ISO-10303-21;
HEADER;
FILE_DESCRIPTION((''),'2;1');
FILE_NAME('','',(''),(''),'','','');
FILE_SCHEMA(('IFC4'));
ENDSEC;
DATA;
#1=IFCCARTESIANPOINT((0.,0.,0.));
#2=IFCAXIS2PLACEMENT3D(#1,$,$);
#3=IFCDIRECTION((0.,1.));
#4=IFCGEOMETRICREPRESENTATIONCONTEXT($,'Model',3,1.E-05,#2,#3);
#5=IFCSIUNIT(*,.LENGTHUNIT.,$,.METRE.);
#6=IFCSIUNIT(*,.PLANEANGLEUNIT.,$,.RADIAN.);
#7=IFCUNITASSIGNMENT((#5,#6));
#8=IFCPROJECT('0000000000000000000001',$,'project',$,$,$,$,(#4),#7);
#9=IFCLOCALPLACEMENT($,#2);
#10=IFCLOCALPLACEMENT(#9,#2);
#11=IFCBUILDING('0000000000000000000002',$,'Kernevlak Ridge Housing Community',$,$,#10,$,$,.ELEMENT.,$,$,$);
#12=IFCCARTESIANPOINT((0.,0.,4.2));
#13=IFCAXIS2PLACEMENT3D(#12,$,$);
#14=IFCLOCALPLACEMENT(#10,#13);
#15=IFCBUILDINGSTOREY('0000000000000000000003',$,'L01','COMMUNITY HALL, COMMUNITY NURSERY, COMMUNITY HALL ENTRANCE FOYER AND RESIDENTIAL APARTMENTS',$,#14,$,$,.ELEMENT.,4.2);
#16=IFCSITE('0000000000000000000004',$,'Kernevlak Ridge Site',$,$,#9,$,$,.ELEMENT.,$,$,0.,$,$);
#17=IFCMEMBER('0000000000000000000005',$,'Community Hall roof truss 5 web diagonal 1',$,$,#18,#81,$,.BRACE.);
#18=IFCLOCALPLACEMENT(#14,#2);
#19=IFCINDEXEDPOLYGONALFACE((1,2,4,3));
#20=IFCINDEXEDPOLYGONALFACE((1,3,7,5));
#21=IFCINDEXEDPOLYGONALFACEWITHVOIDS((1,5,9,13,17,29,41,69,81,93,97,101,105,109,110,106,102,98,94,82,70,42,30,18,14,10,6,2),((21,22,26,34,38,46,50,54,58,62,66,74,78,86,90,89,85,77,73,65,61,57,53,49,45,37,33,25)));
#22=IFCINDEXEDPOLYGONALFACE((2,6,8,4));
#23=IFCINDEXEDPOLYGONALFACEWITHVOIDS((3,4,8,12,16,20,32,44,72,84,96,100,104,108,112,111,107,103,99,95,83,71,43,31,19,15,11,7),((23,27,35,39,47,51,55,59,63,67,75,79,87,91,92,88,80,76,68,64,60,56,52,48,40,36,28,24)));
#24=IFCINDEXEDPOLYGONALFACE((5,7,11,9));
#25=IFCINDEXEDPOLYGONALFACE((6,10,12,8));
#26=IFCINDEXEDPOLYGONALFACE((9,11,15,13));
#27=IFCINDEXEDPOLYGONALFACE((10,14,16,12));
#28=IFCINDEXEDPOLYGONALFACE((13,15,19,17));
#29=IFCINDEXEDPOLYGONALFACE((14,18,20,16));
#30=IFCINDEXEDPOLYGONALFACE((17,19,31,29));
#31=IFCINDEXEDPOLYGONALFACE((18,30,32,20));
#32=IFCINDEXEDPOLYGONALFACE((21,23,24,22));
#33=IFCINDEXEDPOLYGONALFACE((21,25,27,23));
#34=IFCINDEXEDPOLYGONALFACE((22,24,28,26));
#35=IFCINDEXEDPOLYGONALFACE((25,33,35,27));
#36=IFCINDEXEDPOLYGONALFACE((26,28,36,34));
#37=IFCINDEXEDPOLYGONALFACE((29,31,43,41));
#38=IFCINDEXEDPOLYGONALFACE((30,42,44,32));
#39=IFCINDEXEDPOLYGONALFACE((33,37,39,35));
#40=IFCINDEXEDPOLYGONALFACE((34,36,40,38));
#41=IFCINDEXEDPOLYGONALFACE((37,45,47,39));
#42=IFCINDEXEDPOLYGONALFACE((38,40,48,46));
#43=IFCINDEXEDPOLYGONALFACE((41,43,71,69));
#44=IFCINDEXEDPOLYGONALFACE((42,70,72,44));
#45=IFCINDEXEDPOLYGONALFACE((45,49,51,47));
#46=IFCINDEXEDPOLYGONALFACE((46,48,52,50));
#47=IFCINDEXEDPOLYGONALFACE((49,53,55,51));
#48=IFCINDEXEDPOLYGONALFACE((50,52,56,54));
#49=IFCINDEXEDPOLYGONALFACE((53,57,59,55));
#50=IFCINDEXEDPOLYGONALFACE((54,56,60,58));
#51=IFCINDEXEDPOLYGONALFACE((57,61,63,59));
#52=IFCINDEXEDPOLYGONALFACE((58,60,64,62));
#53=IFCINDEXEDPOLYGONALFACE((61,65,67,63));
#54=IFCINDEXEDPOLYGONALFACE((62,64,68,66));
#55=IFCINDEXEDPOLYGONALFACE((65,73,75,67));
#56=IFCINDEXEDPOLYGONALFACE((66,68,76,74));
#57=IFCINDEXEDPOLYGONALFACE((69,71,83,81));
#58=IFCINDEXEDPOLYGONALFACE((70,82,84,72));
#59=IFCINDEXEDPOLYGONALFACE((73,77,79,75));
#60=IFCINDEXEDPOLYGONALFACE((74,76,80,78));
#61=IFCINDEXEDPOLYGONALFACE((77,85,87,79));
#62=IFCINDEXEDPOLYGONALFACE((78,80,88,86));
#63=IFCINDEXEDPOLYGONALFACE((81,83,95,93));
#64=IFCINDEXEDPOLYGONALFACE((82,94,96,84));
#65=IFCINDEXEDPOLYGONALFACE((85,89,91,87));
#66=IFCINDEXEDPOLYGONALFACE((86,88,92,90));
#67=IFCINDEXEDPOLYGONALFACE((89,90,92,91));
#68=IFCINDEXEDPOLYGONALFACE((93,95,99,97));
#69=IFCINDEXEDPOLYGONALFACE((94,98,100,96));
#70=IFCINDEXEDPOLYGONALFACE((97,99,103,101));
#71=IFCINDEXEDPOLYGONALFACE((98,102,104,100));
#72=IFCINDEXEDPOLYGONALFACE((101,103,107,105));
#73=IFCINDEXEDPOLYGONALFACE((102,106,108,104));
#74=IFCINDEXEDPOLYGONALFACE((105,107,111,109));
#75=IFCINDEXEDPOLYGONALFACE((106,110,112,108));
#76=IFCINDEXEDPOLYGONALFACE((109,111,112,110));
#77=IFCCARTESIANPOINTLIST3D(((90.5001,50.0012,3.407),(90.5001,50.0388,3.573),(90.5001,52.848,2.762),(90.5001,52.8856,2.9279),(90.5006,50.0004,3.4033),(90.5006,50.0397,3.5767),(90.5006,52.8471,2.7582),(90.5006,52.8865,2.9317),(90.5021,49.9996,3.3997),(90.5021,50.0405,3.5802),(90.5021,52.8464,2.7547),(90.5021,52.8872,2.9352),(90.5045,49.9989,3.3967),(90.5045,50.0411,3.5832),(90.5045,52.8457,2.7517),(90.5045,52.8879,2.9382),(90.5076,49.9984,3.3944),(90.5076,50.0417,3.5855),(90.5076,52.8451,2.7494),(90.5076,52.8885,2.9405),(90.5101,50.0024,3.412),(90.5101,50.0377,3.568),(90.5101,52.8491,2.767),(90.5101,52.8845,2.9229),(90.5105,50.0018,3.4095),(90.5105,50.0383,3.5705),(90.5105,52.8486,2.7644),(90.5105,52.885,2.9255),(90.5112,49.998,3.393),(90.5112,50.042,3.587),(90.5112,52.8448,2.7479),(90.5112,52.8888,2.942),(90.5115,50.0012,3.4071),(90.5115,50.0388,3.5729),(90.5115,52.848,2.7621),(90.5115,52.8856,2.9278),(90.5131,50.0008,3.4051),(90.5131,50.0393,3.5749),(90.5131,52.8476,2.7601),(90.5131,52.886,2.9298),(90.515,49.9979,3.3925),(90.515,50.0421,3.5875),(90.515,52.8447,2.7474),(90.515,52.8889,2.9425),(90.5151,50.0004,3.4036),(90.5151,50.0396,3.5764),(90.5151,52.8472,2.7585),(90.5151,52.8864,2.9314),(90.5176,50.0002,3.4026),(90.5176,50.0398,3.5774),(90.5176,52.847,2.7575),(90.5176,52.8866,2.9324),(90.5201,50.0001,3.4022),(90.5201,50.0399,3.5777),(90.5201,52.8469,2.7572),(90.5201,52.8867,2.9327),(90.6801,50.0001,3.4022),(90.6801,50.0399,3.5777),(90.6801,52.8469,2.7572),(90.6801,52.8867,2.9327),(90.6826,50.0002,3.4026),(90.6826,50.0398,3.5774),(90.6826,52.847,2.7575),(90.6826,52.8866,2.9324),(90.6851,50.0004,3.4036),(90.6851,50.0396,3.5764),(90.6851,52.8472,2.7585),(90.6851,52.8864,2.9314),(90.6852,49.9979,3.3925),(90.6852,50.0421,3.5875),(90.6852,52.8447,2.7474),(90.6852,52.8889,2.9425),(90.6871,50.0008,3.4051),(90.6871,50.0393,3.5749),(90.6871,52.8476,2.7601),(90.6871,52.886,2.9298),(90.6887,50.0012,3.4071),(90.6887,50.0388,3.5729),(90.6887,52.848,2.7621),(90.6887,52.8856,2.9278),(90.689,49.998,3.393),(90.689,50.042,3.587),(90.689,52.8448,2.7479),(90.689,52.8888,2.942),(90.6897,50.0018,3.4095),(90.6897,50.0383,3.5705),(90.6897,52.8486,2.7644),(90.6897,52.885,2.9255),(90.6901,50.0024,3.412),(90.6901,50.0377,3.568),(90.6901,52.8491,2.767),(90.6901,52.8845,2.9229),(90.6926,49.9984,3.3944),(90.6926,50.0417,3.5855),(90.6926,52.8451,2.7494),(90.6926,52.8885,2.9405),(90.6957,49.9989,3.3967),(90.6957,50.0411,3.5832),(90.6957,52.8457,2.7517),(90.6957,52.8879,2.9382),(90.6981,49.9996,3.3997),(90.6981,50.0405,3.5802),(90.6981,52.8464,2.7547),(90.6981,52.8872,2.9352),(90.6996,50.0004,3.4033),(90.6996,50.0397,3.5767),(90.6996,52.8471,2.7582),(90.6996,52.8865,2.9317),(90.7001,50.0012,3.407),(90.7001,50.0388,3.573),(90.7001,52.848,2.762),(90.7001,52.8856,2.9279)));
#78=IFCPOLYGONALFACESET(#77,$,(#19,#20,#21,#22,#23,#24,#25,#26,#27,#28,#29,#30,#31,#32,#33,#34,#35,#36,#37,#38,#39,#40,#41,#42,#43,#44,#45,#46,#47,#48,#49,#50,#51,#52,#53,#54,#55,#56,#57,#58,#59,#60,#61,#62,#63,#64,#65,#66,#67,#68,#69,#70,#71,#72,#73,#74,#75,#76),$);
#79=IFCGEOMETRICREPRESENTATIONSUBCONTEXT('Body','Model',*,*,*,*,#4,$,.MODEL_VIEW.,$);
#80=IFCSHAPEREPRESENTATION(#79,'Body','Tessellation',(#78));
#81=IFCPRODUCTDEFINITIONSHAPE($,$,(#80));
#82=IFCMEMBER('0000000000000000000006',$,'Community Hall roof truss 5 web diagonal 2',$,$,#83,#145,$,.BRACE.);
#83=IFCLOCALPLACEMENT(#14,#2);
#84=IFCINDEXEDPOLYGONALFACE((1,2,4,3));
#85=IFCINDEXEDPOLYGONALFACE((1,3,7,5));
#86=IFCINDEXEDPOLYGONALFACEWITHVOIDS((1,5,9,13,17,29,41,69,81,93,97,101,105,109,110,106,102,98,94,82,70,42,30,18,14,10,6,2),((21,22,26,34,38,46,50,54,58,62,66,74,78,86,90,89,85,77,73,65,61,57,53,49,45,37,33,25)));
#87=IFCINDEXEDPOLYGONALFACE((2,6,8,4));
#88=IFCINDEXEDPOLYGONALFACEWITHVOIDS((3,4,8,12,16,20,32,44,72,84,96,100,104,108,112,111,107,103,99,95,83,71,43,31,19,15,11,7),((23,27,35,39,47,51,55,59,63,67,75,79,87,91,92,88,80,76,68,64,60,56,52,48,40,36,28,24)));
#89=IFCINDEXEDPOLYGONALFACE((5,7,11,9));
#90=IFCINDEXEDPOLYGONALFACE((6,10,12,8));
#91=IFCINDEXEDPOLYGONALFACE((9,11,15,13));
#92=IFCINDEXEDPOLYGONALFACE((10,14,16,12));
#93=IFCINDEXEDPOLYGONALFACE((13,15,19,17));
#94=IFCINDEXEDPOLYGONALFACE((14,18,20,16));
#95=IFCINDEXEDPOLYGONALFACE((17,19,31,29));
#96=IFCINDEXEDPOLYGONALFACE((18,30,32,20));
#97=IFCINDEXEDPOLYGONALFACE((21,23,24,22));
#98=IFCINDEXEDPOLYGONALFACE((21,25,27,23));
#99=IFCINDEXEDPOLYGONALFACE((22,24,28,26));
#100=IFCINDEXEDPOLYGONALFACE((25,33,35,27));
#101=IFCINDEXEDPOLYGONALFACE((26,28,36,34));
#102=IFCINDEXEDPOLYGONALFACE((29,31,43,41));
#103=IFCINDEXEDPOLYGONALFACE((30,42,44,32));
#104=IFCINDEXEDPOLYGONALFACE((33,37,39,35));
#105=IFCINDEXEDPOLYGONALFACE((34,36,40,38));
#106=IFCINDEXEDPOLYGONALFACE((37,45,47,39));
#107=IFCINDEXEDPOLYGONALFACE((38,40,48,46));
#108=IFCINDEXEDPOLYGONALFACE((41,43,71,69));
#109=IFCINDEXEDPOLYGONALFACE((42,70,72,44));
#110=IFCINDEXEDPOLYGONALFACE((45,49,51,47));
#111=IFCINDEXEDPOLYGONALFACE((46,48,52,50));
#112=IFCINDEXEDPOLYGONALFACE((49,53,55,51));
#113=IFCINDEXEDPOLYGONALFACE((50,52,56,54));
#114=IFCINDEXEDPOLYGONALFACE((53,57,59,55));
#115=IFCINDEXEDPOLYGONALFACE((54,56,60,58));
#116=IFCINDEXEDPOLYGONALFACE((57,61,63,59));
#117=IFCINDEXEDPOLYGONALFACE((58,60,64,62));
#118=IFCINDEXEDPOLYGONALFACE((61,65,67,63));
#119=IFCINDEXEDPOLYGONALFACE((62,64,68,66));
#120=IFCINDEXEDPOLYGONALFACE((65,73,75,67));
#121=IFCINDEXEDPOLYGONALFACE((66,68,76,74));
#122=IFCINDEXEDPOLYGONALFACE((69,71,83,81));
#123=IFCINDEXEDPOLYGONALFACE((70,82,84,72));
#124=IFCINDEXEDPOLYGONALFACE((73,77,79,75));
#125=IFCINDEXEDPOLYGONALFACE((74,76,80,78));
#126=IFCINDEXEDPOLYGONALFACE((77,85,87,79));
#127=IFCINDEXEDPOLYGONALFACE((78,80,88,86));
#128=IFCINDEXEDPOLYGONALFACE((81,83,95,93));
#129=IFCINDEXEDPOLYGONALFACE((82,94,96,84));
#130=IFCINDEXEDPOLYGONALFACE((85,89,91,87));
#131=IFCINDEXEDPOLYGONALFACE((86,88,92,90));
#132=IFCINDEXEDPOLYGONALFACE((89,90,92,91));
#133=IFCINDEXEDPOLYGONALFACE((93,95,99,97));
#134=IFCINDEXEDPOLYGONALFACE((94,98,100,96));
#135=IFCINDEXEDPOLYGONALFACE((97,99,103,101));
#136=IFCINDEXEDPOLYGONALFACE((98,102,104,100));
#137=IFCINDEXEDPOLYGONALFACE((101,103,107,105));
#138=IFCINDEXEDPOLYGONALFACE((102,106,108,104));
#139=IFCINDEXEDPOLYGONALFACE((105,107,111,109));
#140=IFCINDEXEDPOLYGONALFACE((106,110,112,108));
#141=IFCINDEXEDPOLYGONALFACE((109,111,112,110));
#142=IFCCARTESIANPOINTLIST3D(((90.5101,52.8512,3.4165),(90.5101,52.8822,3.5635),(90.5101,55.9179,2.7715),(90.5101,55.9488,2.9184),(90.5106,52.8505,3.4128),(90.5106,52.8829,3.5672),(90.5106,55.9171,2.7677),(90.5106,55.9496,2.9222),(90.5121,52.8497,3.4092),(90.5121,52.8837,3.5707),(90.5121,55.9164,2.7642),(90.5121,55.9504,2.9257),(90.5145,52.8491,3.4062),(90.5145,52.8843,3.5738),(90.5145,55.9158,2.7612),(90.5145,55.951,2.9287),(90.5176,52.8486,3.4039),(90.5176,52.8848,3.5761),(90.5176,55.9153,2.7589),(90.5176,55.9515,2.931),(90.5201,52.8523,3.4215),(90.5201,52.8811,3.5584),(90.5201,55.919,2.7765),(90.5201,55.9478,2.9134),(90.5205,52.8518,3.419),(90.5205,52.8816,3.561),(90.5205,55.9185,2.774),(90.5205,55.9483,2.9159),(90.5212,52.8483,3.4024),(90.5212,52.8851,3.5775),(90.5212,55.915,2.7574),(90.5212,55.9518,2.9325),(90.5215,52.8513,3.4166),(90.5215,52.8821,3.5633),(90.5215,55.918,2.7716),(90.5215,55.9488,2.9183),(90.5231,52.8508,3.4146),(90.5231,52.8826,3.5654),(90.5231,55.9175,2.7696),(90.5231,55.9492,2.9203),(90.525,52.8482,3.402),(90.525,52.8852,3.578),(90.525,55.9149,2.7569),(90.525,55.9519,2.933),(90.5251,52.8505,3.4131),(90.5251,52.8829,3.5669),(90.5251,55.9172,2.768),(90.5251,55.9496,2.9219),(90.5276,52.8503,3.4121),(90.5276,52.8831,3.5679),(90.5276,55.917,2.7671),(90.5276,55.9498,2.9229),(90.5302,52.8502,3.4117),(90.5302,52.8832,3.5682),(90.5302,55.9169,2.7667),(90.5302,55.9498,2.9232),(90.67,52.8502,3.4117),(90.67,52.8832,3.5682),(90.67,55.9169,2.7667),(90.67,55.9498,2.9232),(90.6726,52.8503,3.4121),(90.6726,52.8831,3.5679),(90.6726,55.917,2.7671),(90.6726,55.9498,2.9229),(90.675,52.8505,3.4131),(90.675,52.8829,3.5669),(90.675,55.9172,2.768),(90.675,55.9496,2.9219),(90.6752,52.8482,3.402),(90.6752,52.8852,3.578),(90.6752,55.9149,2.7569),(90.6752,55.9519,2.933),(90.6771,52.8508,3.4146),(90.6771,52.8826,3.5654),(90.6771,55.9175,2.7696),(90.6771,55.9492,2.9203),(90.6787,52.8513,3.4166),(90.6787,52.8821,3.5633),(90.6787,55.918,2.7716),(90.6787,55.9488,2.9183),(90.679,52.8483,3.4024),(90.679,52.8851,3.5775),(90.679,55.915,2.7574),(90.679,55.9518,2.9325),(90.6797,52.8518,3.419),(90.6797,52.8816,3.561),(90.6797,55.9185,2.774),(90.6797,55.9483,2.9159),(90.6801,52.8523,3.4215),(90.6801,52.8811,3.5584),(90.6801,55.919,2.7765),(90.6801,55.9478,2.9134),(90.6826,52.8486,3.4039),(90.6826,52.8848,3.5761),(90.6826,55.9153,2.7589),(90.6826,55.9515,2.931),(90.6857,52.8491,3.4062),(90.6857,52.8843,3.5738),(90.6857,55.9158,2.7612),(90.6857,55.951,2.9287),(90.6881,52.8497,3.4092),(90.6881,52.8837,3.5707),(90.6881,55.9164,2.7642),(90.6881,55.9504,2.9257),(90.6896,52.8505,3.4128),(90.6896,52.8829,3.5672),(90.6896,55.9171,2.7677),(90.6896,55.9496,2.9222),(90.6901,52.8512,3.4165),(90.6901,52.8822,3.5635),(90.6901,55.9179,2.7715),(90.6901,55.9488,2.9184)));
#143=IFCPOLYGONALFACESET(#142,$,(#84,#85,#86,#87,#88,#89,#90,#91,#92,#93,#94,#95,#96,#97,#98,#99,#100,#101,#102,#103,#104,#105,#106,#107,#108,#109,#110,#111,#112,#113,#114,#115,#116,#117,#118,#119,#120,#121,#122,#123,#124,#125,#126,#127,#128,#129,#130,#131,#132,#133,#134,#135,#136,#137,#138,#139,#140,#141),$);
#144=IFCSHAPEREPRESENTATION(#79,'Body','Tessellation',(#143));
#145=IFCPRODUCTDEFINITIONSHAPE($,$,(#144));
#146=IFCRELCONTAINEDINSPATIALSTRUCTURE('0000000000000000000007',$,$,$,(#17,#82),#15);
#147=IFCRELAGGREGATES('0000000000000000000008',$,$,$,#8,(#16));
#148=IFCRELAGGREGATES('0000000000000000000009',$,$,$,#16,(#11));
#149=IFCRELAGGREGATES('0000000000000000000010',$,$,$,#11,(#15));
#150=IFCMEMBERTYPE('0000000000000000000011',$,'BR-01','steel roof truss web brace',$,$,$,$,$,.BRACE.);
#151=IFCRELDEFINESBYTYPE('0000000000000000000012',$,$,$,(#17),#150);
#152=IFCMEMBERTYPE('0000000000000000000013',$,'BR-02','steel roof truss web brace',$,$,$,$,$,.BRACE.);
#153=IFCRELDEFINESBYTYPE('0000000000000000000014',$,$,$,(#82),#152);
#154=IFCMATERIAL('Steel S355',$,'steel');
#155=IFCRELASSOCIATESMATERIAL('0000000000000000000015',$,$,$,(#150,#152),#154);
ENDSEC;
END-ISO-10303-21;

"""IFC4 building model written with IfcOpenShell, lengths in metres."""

from ifc_helpers import new_model, si_unit, direction, frame, origin, origin_2d, place, context, subcontext, project, spatial, hollow_rectangle, extrude, material, material_profile, profile_set, type_object, element, save


model = new_model("IFC4")

# Units and contexts
model_context = context("Model", 3, precision=1e-05, world=origin(), true_north=direction((0.0, 1.0)))
body_context = subcontext(model_context, "Body", "Model", "MODEL_VIEW")
ifc_project = project(units=[si_unit("LENGTHUNIT", "METRE"), si_unit("PLANEANGLEUNIT", "RADIAN")], contexts=[model_context])

# Site, building, storey
site_placement = place(None, origin())
site = spatial("IfcSite", under=ifc_project, at=site_placement, Name="Kernevlak Ridge Site", CompositionType="ELEMENT", RefElevation=0.0)
building_placement = place(site_placement, origin())
building = spatial("IfcBuilding", under=site, at=building_placement, Name="Kernevlak Ridge Housing Community", CompositionType="ELEMENT")
storey_placement = place(building_placement, frame((0.0, 0.0, 4.2)))
storey = spatial("IfcBuildingStorey", under=building, at=storey_placement, Name="L01", Description="COMMUNITY HALL, COMMUNITY NURSERY, COMMUNITY HALL ENTRANCE FOYER AND RESIDENTIAL APARTMENTS", CompositionType="ELEMENT", Elevation=4.2)

# Members
ifc_material_1 = material(Name="Steel S355", Category="steel")
ifc_material_profile_1 = material_profile(ifc_material_1, hollow_rectangle(XDim=0.2, YDim=0.2, WallThickness=0.01, InnerFilletRadius=0.01, OuterFilletRadius=0.0149, at=origin_2d()), Name="SHS 200x200x10")
ifc_profile_set_1 = profile_set([ifc_material_profile_1], Name="Steel S355")
member_type_1 = type_object("IfcMemberType", Name="BR-01", Description="steel roof truss web brace", PredefinedType="BRACE", material=ifc_profile_set_1)
member_1_placement = place(storey_placement, frame((90.6001, 50.02, 3.49), z_axis=(0.0, 0.975277, -0.220985), x_axis=(-1.0, 0.0, 0.0)))
element("IfcMember", 1, at=member_1_placement, inside=storey, type_object=member_type_1, Name="Community Hall roof truss 5 web diagonal 1", PredefinedType="BRACE", context=body_context, shape_type="SweptSolid", body=[
    extrude(hollow_rectangle(XDim=0.2, YDim=0.2, WallThickness=0.01, InnerFilletRadius=0.01, OuterFilletRadius=0.0149, at=origin_2d()), origin(), (0.0, 0.0, 1.0), 2.9189),
])
ifc_material_profile_2 = material_profile(ifc_material_1, hollow_rectangle(XDim=0.1799, YDim=0.1799, WallThickness=0.01, InnerFilletRadius=0.01, OuterFilletRadius=0.0149, at=origin_2d()), Name="SHS 180x180x10")
ifc_profile_set_2 = profile_set([ifc_material_profile_2], Name="Steel S355")
member_type_2 = type_object("IfcMemberType", Name="BR-02", Description="steel roof truss web brace", PredefinedType="BRACE", material=ifc_profile_set_2)
member_2_placement = place(storey_placement, frame((90.6001, 52.8667, 3.49), z_axis=(0.0, 0.978588, -0.20583), x_axis=(-1.0, 0.0, 0.0)))
element("IfcMember", 2, at=member_2_placement, inside=storey, type_object=member_type_2, Name="Community Hall roof truss 5 web diagonal 2", PredefinedType="BRACE", context=body_context, shape_type="SweptSolid", body=[
    extrude(hollow_rectangle(XDim=0.1799, YDim=0.1799, WallThickness=0.01, InnerFilletRadius=0.01, OuterFilletRadius=0.0149, at=origin_2d()), origin(), (0.0, 0.0, 1.0), 3.1338),
])

save(model, "model.ifc")
